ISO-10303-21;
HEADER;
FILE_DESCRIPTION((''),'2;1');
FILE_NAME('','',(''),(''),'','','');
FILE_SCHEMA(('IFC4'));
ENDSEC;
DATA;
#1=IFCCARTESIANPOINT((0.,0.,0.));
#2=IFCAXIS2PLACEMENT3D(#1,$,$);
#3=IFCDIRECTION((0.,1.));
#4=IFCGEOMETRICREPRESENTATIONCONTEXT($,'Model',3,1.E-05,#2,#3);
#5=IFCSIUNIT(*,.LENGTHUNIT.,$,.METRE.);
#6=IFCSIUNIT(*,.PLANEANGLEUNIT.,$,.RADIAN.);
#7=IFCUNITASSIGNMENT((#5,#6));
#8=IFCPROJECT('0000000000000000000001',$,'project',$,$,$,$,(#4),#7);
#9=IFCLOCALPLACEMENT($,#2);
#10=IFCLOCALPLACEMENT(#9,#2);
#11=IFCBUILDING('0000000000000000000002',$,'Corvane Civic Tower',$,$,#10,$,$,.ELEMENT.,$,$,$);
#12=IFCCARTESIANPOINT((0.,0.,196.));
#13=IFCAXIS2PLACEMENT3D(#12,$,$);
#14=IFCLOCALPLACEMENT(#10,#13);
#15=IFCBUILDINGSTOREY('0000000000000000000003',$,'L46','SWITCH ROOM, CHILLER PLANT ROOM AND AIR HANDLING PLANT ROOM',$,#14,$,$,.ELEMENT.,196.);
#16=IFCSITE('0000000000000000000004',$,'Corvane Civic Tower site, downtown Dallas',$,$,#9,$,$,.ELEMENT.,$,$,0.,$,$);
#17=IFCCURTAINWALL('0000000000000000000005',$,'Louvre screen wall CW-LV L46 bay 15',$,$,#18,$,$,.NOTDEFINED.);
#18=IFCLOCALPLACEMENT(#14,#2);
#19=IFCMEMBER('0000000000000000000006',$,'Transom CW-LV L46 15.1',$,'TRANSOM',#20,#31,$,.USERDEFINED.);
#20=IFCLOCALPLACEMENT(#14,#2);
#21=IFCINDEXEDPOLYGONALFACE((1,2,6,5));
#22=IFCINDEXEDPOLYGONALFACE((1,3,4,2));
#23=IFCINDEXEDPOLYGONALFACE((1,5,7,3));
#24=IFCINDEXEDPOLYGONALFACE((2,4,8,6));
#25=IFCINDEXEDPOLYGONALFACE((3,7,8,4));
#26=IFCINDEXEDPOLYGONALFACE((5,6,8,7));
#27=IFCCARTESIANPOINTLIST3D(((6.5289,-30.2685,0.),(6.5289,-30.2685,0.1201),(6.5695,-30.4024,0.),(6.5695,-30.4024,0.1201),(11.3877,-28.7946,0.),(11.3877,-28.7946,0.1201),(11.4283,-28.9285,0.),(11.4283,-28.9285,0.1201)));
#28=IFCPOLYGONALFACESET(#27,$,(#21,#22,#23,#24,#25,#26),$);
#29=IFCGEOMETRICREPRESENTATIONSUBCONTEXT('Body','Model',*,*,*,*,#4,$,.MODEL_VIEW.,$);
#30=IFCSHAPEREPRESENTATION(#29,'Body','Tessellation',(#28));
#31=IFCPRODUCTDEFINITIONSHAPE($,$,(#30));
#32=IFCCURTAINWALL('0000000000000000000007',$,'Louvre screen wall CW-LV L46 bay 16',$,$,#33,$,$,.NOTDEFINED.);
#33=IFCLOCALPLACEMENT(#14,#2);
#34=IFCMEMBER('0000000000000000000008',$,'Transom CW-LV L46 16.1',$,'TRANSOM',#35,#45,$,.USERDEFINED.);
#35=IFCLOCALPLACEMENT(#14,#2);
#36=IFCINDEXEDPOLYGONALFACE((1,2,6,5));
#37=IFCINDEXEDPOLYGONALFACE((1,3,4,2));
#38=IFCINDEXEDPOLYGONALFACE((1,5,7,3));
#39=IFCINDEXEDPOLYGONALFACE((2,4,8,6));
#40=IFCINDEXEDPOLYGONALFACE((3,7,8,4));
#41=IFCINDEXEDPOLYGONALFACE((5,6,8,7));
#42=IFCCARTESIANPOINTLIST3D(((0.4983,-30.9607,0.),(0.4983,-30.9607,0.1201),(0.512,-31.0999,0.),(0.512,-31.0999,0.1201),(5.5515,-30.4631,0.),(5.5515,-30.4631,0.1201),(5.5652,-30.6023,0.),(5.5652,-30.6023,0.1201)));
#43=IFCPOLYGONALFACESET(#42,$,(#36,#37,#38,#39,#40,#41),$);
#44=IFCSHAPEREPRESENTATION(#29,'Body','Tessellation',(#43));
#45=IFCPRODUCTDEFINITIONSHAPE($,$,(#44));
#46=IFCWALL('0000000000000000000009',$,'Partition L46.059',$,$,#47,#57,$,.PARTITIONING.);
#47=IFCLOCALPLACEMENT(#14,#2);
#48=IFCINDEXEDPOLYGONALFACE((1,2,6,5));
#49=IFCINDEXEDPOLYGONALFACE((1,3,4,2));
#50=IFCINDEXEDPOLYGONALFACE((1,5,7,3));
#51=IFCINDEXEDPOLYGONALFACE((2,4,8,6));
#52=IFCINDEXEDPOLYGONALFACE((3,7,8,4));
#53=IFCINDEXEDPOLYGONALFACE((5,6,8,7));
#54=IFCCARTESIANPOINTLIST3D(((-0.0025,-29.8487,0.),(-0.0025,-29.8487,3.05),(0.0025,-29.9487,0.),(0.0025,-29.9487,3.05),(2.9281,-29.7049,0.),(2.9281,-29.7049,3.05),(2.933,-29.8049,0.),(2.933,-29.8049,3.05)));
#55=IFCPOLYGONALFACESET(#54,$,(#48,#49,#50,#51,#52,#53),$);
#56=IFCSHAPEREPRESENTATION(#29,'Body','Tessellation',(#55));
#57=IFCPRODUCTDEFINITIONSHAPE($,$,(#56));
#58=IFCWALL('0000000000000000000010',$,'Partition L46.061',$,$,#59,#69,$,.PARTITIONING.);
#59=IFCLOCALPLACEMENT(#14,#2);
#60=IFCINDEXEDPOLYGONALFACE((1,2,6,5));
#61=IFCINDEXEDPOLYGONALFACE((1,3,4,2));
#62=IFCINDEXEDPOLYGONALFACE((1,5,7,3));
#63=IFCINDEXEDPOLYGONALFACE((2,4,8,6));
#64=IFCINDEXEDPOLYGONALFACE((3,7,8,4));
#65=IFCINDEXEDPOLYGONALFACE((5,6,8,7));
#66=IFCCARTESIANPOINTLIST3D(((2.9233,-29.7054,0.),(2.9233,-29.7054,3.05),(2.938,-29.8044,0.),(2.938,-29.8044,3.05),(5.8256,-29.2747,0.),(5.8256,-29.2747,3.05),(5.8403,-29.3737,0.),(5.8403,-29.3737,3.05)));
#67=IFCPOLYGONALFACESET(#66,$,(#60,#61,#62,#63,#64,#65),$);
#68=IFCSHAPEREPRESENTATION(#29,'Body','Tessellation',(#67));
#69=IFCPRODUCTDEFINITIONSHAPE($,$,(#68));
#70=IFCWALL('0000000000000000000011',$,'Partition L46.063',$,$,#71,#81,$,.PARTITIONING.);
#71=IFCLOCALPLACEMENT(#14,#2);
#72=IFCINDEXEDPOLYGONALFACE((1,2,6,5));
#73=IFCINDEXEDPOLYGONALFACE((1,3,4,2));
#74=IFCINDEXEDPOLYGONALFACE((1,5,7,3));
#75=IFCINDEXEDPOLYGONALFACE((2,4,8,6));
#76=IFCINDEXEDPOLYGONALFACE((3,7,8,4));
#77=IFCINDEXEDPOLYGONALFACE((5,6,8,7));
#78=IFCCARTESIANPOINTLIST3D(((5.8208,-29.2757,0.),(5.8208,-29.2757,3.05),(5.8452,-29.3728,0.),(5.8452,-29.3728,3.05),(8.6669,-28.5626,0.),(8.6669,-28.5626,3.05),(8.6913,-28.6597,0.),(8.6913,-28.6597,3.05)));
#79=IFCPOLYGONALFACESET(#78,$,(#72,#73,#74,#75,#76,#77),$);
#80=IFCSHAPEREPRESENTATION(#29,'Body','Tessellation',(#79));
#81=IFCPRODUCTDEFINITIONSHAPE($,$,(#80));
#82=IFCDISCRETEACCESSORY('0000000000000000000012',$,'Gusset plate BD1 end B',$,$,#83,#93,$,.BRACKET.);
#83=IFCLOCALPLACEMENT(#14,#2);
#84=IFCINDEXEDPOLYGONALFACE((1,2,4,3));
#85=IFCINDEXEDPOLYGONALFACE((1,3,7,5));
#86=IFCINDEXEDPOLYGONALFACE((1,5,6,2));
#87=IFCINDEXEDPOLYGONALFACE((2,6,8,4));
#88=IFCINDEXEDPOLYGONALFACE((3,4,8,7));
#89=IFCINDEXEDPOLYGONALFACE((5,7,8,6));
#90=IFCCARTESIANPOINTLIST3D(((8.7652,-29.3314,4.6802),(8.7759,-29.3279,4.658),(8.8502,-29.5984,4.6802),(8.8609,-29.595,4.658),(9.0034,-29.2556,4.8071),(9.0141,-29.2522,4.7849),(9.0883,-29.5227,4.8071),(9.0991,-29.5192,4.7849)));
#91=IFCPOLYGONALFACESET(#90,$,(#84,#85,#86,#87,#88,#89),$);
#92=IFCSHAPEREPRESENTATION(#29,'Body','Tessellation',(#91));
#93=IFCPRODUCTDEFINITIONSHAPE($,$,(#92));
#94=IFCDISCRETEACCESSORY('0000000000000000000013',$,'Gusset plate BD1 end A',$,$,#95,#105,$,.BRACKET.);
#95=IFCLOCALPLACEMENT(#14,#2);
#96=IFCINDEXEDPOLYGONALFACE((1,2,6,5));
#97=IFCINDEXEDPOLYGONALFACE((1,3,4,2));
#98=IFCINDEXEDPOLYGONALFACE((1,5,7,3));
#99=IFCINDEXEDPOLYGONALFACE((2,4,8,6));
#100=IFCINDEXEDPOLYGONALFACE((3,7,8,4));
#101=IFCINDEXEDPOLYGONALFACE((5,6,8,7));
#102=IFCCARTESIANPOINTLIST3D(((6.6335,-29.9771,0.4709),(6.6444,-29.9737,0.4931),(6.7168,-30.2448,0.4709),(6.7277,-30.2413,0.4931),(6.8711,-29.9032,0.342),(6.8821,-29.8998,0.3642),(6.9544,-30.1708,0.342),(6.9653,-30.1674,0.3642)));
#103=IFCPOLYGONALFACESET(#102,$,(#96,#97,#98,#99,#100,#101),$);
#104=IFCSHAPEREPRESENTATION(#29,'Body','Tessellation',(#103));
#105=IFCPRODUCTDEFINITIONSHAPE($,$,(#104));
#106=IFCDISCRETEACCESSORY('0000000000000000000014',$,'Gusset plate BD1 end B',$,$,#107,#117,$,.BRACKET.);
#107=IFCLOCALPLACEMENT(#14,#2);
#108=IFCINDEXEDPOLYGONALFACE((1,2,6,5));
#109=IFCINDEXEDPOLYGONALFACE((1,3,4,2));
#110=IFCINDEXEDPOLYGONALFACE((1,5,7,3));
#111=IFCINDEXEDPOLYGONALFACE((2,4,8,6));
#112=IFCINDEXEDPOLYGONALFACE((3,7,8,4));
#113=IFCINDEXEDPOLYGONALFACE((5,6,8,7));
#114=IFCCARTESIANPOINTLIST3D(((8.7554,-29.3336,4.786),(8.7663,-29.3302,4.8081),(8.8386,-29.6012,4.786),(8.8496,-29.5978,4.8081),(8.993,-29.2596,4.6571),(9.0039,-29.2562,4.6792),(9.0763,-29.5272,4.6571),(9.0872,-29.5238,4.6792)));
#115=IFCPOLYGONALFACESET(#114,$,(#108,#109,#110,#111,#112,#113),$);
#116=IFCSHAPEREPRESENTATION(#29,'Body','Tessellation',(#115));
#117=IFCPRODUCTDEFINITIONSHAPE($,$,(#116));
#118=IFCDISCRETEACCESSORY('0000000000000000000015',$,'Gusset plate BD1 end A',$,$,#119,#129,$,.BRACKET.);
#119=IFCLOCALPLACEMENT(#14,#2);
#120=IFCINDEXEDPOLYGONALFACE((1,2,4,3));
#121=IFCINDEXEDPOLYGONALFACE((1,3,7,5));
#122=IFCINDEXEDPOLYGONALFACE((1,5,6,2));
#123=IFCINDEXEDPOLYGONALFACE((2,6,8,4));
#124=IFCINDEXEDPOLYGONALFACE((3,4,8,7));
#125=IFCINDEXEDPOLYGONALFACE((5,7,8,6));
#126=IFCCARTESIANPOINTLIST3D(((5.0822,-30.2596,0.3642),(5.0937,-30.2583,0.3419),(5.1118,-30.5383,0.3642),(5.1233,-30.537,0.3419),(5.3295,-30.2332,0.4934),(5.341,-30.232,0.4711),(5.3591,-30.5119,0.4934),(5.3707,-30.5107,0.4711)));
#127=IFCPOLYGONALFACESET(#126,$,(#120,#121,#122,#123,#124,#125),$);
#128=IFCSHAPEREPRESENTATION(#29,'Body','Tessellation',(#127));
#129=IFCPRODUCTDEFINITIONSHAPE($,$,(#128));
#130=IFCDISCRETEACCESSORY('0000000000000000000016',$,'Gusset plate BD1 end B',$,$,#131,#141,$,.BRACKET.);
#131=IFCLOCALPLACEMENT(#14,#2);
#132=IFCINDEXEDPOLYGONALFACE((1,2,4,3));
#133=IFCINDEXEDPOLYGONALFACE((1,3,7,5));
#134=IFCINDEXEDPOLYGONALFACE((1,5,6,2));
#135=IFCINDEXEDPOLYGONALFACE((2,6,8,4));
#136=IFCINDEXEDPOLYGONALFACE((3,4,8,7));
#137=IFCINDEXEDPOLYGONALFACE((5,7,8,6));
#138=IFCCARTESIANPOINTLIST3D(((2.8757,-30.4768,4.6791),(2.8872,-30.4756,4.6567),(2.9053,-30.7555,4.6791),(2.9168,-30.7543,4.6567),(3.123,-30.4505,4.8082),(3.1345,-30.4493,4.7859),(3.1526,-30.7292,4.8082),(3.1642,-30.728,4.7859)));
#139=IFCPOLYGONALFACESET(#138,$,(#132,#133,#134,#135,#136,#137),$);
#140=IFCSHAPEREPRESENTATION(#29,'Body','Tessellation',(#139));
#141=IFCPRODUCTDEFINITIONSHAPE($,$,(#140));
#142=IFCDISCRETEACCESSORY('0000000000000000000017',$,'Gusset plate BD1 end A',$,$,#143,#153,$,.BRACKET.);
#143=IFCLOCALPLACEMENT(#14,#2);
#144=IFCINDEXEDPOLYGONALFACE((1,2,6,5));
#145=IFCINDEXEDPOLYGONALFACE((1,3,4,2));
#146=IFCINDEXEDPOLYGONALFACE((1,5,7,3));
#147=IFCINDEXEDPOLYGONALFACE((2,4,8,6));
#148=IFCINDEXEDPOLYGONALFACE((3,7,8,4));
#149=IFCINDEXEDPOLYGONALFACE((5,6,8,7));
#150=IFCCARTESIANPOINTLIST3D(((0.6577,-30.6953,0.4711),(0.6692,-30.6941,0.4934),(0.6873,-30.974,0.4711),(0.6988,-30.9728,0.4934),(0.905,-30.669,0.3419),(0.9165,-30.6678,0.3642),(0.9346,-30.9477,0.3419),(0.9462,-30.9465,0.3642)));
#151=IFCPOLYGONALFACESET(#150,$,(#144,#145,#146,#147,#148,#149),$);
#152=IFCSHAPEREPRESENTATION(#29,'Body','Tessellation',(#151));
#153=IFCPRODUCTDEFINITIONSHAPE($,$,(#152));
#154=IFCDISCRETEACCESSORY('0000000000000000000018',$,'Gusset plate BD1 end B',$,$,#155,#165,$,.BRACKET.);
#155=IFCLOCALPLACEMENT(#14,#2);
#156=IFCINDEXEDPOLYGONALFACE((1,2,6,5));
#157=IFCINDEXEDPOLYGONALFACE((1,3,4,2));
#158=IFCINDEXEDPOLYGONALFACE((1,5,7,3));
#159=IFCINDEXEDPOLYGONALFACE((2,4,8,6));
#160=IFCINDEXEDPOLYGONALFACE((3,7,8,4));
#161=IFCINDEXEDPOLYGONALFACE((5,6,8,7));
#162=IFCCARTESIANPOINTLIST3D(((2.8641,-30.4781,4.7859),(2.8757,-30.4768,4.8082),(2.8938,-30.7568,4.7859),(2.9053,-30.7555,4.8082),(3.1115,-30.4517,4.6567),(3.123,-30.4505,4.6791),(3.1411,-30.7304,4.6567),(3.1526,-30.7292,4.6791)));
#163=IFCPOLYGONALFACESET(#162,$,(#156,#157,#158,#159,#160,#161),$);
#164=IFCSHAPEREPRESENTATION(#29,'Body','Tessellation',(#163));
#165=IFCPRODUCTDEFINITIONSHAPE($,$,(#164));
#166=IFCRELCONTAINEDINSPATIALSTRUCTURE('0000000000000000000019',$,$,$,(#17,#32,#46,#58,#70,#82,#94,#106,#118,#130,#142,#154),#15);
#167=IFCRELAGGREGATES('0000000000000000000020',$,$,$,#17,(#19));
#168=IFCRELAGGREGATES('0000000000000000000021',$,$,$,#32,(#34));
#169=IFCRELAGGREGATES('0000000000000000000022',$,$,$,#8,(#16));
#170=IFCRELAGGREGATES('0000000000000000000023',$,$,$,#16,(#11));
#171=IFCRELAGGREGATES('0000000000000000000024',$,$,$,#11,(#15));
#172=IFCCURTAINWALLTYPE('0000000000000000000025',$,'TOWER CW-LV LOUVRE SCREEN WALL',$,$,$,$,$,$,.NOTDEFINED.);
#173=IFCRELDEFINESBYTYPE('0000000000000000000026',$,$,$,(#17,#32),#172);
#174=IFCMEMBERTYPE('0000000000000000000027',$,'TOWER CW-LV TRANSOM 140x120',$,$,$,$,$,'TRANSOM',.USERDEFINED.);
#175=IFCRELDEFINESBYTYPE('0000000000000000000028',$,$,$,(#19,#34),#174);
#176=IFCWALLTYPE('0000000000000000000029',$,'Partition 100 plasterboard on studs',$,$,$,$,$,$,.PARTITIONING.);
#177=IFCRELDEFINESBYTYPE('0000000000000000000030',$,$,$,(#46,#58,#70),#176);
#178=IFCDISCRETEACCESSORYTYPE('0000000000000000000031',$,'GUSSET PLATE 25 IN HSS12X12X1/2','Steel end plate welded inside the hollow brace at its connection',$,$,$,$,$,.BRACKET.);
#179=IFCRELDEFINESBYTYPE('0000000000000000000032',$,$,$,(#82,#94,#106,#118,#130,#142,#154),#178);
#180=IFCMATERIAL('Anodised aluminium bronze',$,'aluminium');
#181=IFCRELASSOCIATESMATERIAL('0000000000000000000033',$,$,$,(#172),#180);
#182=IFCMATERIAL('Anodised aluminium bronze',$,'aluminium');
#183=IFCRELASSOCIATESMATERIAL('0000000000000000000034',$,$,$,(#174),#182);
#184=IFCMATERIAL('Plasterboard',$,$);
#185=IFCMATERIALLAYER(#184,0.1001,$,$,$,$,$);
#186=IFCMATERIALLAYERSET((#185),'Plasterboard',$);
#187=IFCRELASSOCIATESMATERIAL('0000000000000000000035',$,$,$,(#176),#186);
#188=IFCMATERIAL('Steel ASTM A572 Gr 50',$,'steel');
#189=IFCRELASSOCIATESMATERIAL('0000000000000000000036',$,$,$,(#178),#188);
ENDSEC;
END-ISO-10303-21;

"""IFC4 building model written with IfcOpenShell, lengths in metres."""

from ifc_helpers import new_model, si_unit, direction, frame, frame_2d, origin, origin_2d, place, context, subcontext, project, spatial, rectangle, extrude, material, layer, layer_set, material_profile, profile_set, type_object, element, aggregate, save


model = new_model("IFC4")

# Units and contexts
model_context = context("Model", 3, precision=1e-05, world=origin(), true_north=direction((0.0, 1.0)))
body_context = subcontext(model_context, "Body", "Model", "MODEL_VIEW")
ifc_project = project(units=[si_unit("LENGTHUNIT", "METRE"), si_unit("PLANEANGLEUNIT", "RADIAN")], contexts=[model_context])

# Site, building, storey
site_placement = place(None, origin())
site = spatial("IfcSite", under=ifc_project, at=site_placement, Name="Corvane Civic Tower site, downtown Dallas", CompositionType="ELEMENT", RefElevation=0.0)
building_placement = place(site_placement, origin())
building = spatial("IfcBuilding", under=site, at=building_placement, Name="Corvane Civic Tower", CompositionType="ELEMENT")
storey_placement = place(building_placement, frame((0.0, 0.0, 196.0)))
storey = spatial("IfcBuildingStorey", under=building, at=storey_placement, Name="L46", Description="SWITCH ROOM, CHILLER PLANT ROOM AND AIR HANDLING PLANT ROOM", CompositionType="ELEMENT", Elevation=196.0)

# Curtain walls, members
ifc_material_1 = material(Name="Anodised aluminium bronze", Category="aluminium")
curtain_wall_type = type_object("IfcCurtainWallType", Name="TOWER CW-LV LOUVRE SCREEN WALL", PredefinedType="NOTDEFINED", material=ifc_material_1)
curtain_wall_1_placement = place(storey_placement, origin())
curtain_wall_1 = element("IfcCurtainWall", 1, at=curtain_wall_1_placement, inside=storey, type_object=curtain_wall_type, Name="Louvre screen wall CW-LV L46 bay 15", PredefinedType="NOTDEFINED")
ifc_material_2 = material(Name="Anodised aluminium bronze", Category="aluminium")
ifc_material_profile_1 = material_profile(ifc_material_2, rectangle(XDim=0.1399, YDim=0.1201, at=origin_2d()), Name="TOWER CW-LV TRANSOM 140x120")
ifc_profile_set_1 = profile_set([ifc_material_profile_1], Name="Anodised aluminium bronze")
member_type_1 = type_object("IfcMemberType", Name="TOWER CW-LV TRANSOM 140x120", ElementType="TRANSOM", PredefinedType="USERDEFINED", material=ifc_profile_set_1)
member_1_placement = place(storey_placement, frame((11.408, -28.8616, 0.0601), z_axis=(-0.956939, -0.290289, 0.0), x_axis=(0.290289, -0.956939, 0.0)))
member_1 = element("IfcMember", 2, at=member_1_placement, type_object=member_type_1, Name="Transom CW-LV L46 15.1", ObjectType="TRANSOM", PredefinedType="USERDEFINED", context=body_context, shape_type="SweptSolid", body=[
    extrude(rectangle(XDim=0.1399, YDim=0.1201, at=origin_2d()), origin(), (0.0, 0.0, 1.0), 5.0774),
])
aggregate(curtain_wall_1, [member_1])
curtain_wall_2_placement = place(storey_placement, origin())
curtain_wall_2 = element("IfcCurtainWall", 3, at=curtain_wall_2_placement, inside=storey, type_object=curtain_wall_type, Name="Louvre screen wall CW-LV L46 bay 16", PredefinedType="NOTDEFINED")
member_2_placement = place(storey_placement, frame((5.5583, -30.5327, 0.0601), z_axis=(-0.995187, -0.09799, 0.0), x_axis=(0.09799, -0.995187, 0.0)))
member_2 = element("IfcMember", 4, at=member_2_placement, type_object=member_type_1, Name="Transom CW-LV L46 16.1", ObjectType="TRANSOM", PredefinedType="USERDEFINED", context=body_context, shape_type="SweptSolid", body=[
    extrude(rectangle(XDim=0.1399, YDim=0.1201, at=origin_2d()), origin(), (0.0, 0.0, 1.0), 5.0776),
])

# Walls
ifc_material_3 = material(Name="Plasterboard")
ifc_layer = layer(ifc_material_3, 0.1001)
ifc_layer_set = layer_set([ifc_layer], Name="Plasterboard")
wall_type = type_object("IfcWallType", Name="Partition 100 plasterboard on studs", PredefinedType="PARTITIONING", material=ifc_layer_set)
for number, where, z_axis, x_axis, name in (
    (5, (0.0, -29.8987, 0.0), (0.0, 0.0, 1.0), (0.998798, 0.049008, 0.0), "Partition L46.059"),
    (6, (2.9307, -29.7549, 0.0), (0.0, 0.0, 1.0), (0.989169, 0.146778, 0.0), "Partition L46.061"),
    (7, (5.833, -29.3242, 0.0), (0.0, 0.0, 1.0), (0.970015, 0.243045, 0.0), "Partition L46.063"),
):
    element("IfcWall", number, at=place(storey_placement, frame(where, z_axis=z_axis, x_axis=x_axis)), inside=storey, type_object=wall_type, Name=name, PredefinedType="PARTITIONING", context=body_context, shape_type="SweptSolid", body=[
        extrude(rectangle(XDim=2.9341, YDim=0.1001, at=frame_2d((1.467, 0.0))), origin(), (0.0, 0.0, 1.0), 3.05),
    ])

aggregate(curtain_wall_2, [member_2])

# Discrete accessories
ifc_material_4 = material(Name="Steel ASTM A572 Gr 50", Category="steel")
ifc_material_profile_2 = material_profile(ifc_material_4, rectangle(XDim=0.2803, YDim=0.2803, at=origin_2d()), Name="GUSSET PLATE 25 IN HSS12X12X1/2")
ifc_profile_set_2 = profile_set([ifc_material_profile_2], Name="Steel ASTM A572 Gr 50")
discrete_accessory_type = type_object("IfcDiscreteAccessoryType", Name="GUSSET PLATE 25 IN HSS12X12X1/2", Description="Steel end plate welded inside the hollow brace at its connection", PredefinedType="BRACKET", material=ifc_profile_set_2)
for number, where, z_axis, x_axis, name in (
    (8, (8.9268, -29.427, 4.7437), (0.431186, 0.137196, -0.891771), (-0.303204, 0.952926, 0.0), "Gusset plate BD1 end B"),
    (9, (6.7939, -30.074, 0.4065), (0.439113, 0.136613, 0.887985), (-0.297067, 0.954857, 0.0), "Gusset plate BD1 end A"),
    (10, (8.9268, -29.427, 4.7437), (-0.439113, -0.136613, -0.887985), (0.297067, -0.954857, 0.0), "Gusset plate BD1 end B"),
):
    element("IfcDiscreteAccessory", number, at=place(storey_placement, frame(where, z_axis=z_axis, x_axis=x_axis)), inside=storey, type_object=discrete_accessory_type, Name=name, PredefinedType="BRACKET", context=body_context, shape_type="SweptSolid", body=[
        extrude(rectangle(XDim=0.2803, YDim=0.2803, at=origin_2d()), origin(), (0.0, 0.0, 1.0), 0.0249),
    ])
for number, where, z_axis, x_axis, name in (
    (11, (5.2322, -30.3845, 0.4065), (-0.458346, -0.04876, 0.887435), (0.105786, -0.994389, 0.0), "Gusset plate BD1 end A"),
    (12, (3.0142, -30.603, 4.7437), (0.458346, 0.04876, -0.887435), (-0.105786, 0.994389, 0.0), "Gusset plate BD1 end B"),
    (13, (0.7961, -30.8215, 0.4065), (0.458346, 0.04876, 0.887435), (-0.105786, 0.994389, 0.0), "Gusset plate BD1 end A"),
    (14, (3.0142, -30.603, 4.7437), (-0.458346, -0.04876, -0.887435), (0.105786, -0.994389, 0.0), "Gusset plate BD1 end B"),
):
    element("IfcDiscreteAccessory", number, at=place(storey_placement, frame(where, z_axis=z_axis, x_axis=x_axis)), inside=storey, type_object=discrete_accessory_type, Name=name, PredefinedType="BRACKET", context=body_context, shape_type="SweptSolid", body=[
        extrude(rectangle(XDim=0.2803, YDim=0.2803, at=origin_2d()), origin(), (0.0, 0.0, 1.0), 0.0251),
    ])

save(model, "model.ifc")
